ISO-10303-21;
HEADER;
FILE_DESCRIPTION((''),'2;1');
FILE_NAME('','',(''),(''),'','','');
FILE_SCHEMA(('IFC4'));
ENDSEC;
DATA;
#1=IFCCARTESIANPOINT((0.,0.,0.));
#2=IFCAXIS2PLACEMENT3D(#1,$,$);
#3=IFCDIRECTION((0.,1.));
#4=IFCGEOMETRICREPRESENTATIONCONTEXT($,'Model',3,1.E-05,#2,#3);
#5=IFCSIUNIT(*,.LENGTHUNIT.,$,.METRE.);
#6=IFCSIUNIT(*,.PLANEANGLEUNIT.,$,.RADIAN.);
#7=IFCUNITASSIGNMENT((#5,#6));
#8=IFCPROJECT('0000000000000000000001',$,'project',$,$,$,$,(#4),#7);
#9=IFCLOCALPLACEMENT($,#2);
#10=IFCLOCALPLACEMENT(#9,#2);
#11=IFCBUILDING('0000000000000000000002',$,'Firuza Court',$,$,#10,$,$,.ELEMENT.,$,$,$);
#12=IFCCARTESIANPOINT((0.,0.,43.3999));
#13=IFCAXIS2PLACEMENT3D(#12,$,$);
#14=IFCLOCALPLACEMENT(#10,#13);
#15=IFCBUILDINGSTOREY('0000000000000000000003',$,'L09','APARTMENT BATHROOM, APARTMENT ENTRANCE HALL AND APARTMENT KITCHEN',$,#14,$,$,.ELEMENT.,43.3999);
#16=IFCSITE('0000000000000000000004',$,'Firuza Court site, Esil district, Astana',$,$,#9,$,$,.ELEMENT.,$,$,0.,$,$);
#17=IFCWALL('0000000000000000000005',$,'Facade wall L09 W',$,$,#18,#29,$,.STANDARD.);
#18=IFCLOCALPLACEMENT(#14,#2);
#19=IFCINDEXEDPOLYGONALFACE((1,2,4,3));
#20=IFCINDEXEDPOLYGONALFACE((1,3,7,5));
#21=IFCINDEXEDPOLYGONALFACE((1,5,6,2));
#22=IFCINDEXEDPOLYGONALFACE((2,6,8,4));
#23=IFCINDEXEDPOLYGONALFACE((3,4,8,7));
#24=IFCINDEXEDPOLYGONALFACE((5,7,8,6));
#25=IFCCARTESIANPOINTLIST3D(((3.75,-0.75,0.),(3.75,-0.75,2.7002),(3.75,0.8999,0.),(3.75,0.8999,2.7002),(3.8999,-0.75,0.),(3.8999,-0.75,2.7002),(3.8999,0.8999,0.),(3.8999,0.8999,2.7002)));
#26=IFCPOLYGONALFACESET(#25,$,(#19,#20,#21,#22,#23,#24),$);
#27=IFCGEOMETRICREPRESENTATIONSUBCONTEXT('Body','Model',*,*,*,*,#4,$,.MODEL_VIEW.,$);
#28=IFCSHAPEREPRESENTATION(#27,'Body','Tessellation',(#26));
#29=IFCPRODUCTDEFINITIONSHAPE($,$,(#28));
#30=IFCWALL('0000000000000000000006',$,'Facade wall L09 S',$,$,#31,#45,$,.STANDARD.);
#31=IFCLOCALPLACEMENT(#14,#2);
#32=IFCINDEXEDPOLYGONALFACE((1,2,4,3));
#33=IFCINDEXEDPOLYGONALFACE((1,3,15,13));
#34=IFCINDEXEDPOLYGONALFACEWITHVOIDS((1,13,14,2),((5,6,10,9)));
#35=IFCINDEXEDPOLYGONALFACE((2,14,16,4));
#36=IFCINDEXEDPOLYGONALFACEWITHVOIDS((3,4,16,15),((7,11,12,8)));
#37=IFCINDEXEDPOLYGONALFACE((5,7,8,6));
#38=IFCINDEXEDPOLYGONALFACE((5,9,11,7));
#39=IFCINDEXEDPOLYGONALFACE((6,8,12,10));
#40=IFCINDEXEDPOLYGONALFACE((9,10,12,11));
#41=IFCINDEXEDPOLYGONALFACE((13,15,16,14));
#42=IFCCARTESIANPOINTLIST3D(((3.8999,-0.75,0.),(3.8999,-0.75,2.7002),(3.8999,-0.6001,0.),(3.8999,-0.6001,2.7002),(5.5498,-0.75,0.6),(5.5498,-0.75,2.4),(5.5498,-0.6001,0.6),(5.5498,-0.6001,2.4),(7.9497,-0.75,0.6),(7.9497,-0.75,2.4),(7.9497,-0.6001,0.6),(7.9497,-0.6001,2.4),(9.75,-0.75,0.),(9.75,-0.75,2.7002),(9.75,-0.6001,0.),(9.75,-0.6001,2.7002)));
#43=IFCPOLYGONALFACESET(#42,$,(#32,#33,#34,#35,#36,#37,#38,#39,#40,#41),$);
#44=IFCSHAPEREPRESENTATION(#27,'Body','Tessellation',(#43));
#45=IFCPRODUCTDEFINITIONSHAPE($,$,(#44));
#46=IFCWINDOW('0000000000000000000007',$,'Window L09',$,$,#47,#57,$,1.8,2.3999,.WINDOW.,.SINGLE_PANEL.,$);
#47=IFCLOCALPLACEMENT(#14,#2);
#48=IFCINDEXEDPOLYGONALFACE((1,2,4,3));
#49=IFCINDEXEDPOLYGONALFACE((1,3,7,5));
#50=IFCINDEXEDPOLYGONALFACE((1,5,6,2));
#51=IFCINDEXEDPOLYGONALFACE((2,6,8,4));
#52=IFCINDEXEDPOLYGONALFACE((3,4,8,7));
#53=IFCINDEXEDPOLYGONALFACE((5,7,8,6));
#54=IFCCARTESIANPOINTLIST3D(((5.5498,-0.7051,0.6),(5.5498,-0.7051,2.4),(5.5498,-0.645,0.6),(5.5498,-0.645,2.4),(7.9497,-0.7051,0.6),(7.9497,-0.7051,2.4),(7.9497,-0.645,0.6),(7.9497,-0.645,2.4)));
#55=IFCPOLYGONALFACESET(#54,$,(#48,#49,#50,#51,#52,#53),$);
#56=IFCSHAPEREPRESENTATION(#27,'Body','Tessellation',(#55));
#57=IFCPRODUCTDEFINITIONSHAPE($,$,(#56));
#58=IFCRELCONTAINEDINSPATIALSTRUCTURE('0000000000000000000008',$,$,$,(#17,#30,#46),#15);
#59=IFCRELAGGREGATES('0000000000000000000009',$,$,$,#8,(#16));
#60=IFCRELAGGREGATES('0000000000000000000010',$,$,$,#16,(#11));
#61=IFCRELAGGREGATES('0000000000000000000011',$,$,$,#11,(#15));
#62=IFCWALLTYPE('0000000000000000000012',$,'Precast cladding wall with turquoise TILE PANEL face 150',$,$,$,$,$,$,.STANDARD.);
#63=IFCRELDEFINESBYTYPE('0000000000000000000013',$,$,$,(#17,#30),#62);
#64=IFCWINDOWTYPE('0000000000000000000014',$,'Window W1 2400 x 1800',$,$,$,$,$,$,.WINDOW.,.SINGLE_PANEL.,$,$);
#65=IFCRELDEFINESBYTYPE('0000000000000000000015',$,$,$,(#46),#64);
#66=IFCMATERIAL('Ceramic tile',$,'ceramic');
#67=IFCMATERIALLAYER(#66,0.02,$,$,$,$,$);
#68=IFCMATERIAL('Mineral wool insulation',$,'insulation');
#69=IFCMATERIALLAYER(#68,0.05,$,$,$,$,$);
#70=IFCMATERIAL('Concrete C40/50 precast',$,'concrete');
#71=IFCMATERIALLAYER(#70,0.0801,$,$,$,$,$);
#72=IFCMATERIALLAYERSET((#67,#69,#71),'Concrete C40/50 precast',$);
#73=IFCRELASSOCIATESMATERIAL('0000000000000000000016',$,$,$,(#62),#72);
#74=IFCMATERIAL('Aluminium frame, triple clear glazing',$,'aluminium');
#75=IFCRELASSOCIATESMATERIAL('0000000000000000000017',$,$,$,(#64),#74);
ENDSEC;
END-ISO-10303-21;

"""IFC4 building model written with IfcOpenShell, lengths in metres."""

from ifc_helpers import new_model, si_unit, direction, frame, frame_2d, origin, place, context, subcontext, project, spatial, rectangle, extrude, material, layer, layer_set, type_object, element, fill, save


model = new_model("IFC4")

# Units and contexts
model_context = context("Model", 3, precision=1e-05, world=origin(), true_north=direction((0.0, 1.0)))
body_context = subcontext(model_context, "Body", "Model", "MODEL_VIEW")
ifc_project = project(units=[si_unit("LENGTHUNIT", "METRE"), si_unit("PLANEANGLEUNIT", "RADIAN")], contexts=[model_context])

# Site, building, storey
site_placement = place(None, origin())
site = spatial("IfcSite", under=ifc_project, at=site_placement, Name="Firuza Court site, Esil district, Astana", CompositionType="ELEMENT", RefElevation=0.0)
building_placement = place(site_placement, origin())
building = spatial("IfcBuilding", under=site, at=building_placement, Name="Firuza Court", CompositionType="ELEMENT")
storey_placement = place(building_placement, frame((0.0, 0.0, 43.3999)))
storey = spatial("IfcBuildingStorey", under=building, at=storey_placement, Name="L09", Description="APARTMENT BATHROOM, APARTMENT ENTRANCE HALL AND APARTMENT KITCHEN", CompositionType="ELEMENT", Elevation=43.3999)

# Shared definitions
ifc_material_1 = material(Name="Concrete C40/50 precast", Category="concrete")

# Wall
ifc_material_2 = material(Name="Ceramic tile", Category="ceramic")
ifc_layer_1 = layer(ifc_material_2, 0.02)
ifc_material_3 = material(Name="Mineral wool insulation", Category="insulation")
ifc_layer_2 = layer(ifc_material_3, 0.05)
ifc_layer_3 = layer(ifc_material_1, 0.0801)
ifc_layer_set_1 = layer_set([ifc_layer_1, ifc_layer_2, ifc_layer_3], Name="Concrete C40/50 precast")
wall_type_1 = type_object("IfcWallType", Name="Precast cladding wall with turquoise TILE PANEL face 150", PredefinedType="STANDARD", material=ifc_layer_set_1)
wall_1_placement = place(storey_placement, frame((3.825, 0.8999, 0.0), z_axis=(0.0, 0.0, 1.0), x_axis=(0.0, -1.0, 0.0)))
element("IfcWall", 1, at=wall_1_placement, inside=storey, type_object=wall_type_1, Name="Facade wall L09 W", PredefinedType="STANDARD", context=body_context, shape_type="SweptSolid", body=[
    extrude(rectangle(XDim=1.6499, YDim=0.1499, at=frame_2d((0.825, 0.0))), origin(), (0.0, 0.0, 1.0), 2.7002),
])

# Wall, opening, window
wall_2_placement = place(storey_placement, frame((3.8999, -0.675, 0.0), z_axis=(0.0, 0.0, 1.0), x_axis=(1.0, 0.0, 0.0)))
wall_2 = element("IfcWall", 2, at=wall_2_placement, inside=storey, type_object=wall_type_1, Name="Facade wall L09 S", PredefinedType="STANDARD", context=body_context, shape_type="SweptSolid", body=[
    extrude(rectangle(XDim=5.8501, YDim=0.1499, at=frame_2d((2.925, 0.0))), origin(), (0.0, 0.0, 1.0), 2.7002),
])
opening_placement = place(wall_2_placement, frame((1.6499, 0.0, 0.6001)))
opening = element("IfcOpeningElement", 3, at=opening_placement, cuts=wall_2, PredefinedType="OPENING", context=body_context, shape_type="SweptSolid", body=[
    extrude(rectangle(XDim=2.3999, YDim=1.8, at=frame_2d((1.2, 0.8999))), frame((0.0, 0.0869, 0.0), z_axis=(0.0, -1.0, 0.0), x_axis=(1.0, 0.0, 0.0)), (0.0, 0.0, 1.0), 0.1738),
])
ifc_material_4 = material(Name="Aluminium frame, triple clear glazing", Category="aluminium")
window_type = type_object("IfcWindowType", Name="Window W1 2400 x 1800", PartitioningType="SINGLE_PANEL", PredefinedType="WINDOW", material=ifc_material_4)
window_placement = place(opening_placement, origin())
window = element("IfcWindow", 4, at=window_placement, inside=storey, type_object=window_type, Name="Window L09", OverallHeight=1.8, OverallWidth=2.3999, PartitioningType="SINGLE_PANEL", PredefinedType="WINDOW", context=body_context, shape_type="SweptSolid", body=[
    extrude(rectangle(XDim=2.3999, YDim=1.8, at=frame_2d((1.2, 0.8999))), frame((0.0, 0.03, 0.0), z_axis=(0.0, -1.0, 0.0), x_axis=(1.0, 0.0, 0.0)), (0.0, 0.0, 1.0), 0.0601),
])
fill(opening, window)

save(model, "model.ifc")
